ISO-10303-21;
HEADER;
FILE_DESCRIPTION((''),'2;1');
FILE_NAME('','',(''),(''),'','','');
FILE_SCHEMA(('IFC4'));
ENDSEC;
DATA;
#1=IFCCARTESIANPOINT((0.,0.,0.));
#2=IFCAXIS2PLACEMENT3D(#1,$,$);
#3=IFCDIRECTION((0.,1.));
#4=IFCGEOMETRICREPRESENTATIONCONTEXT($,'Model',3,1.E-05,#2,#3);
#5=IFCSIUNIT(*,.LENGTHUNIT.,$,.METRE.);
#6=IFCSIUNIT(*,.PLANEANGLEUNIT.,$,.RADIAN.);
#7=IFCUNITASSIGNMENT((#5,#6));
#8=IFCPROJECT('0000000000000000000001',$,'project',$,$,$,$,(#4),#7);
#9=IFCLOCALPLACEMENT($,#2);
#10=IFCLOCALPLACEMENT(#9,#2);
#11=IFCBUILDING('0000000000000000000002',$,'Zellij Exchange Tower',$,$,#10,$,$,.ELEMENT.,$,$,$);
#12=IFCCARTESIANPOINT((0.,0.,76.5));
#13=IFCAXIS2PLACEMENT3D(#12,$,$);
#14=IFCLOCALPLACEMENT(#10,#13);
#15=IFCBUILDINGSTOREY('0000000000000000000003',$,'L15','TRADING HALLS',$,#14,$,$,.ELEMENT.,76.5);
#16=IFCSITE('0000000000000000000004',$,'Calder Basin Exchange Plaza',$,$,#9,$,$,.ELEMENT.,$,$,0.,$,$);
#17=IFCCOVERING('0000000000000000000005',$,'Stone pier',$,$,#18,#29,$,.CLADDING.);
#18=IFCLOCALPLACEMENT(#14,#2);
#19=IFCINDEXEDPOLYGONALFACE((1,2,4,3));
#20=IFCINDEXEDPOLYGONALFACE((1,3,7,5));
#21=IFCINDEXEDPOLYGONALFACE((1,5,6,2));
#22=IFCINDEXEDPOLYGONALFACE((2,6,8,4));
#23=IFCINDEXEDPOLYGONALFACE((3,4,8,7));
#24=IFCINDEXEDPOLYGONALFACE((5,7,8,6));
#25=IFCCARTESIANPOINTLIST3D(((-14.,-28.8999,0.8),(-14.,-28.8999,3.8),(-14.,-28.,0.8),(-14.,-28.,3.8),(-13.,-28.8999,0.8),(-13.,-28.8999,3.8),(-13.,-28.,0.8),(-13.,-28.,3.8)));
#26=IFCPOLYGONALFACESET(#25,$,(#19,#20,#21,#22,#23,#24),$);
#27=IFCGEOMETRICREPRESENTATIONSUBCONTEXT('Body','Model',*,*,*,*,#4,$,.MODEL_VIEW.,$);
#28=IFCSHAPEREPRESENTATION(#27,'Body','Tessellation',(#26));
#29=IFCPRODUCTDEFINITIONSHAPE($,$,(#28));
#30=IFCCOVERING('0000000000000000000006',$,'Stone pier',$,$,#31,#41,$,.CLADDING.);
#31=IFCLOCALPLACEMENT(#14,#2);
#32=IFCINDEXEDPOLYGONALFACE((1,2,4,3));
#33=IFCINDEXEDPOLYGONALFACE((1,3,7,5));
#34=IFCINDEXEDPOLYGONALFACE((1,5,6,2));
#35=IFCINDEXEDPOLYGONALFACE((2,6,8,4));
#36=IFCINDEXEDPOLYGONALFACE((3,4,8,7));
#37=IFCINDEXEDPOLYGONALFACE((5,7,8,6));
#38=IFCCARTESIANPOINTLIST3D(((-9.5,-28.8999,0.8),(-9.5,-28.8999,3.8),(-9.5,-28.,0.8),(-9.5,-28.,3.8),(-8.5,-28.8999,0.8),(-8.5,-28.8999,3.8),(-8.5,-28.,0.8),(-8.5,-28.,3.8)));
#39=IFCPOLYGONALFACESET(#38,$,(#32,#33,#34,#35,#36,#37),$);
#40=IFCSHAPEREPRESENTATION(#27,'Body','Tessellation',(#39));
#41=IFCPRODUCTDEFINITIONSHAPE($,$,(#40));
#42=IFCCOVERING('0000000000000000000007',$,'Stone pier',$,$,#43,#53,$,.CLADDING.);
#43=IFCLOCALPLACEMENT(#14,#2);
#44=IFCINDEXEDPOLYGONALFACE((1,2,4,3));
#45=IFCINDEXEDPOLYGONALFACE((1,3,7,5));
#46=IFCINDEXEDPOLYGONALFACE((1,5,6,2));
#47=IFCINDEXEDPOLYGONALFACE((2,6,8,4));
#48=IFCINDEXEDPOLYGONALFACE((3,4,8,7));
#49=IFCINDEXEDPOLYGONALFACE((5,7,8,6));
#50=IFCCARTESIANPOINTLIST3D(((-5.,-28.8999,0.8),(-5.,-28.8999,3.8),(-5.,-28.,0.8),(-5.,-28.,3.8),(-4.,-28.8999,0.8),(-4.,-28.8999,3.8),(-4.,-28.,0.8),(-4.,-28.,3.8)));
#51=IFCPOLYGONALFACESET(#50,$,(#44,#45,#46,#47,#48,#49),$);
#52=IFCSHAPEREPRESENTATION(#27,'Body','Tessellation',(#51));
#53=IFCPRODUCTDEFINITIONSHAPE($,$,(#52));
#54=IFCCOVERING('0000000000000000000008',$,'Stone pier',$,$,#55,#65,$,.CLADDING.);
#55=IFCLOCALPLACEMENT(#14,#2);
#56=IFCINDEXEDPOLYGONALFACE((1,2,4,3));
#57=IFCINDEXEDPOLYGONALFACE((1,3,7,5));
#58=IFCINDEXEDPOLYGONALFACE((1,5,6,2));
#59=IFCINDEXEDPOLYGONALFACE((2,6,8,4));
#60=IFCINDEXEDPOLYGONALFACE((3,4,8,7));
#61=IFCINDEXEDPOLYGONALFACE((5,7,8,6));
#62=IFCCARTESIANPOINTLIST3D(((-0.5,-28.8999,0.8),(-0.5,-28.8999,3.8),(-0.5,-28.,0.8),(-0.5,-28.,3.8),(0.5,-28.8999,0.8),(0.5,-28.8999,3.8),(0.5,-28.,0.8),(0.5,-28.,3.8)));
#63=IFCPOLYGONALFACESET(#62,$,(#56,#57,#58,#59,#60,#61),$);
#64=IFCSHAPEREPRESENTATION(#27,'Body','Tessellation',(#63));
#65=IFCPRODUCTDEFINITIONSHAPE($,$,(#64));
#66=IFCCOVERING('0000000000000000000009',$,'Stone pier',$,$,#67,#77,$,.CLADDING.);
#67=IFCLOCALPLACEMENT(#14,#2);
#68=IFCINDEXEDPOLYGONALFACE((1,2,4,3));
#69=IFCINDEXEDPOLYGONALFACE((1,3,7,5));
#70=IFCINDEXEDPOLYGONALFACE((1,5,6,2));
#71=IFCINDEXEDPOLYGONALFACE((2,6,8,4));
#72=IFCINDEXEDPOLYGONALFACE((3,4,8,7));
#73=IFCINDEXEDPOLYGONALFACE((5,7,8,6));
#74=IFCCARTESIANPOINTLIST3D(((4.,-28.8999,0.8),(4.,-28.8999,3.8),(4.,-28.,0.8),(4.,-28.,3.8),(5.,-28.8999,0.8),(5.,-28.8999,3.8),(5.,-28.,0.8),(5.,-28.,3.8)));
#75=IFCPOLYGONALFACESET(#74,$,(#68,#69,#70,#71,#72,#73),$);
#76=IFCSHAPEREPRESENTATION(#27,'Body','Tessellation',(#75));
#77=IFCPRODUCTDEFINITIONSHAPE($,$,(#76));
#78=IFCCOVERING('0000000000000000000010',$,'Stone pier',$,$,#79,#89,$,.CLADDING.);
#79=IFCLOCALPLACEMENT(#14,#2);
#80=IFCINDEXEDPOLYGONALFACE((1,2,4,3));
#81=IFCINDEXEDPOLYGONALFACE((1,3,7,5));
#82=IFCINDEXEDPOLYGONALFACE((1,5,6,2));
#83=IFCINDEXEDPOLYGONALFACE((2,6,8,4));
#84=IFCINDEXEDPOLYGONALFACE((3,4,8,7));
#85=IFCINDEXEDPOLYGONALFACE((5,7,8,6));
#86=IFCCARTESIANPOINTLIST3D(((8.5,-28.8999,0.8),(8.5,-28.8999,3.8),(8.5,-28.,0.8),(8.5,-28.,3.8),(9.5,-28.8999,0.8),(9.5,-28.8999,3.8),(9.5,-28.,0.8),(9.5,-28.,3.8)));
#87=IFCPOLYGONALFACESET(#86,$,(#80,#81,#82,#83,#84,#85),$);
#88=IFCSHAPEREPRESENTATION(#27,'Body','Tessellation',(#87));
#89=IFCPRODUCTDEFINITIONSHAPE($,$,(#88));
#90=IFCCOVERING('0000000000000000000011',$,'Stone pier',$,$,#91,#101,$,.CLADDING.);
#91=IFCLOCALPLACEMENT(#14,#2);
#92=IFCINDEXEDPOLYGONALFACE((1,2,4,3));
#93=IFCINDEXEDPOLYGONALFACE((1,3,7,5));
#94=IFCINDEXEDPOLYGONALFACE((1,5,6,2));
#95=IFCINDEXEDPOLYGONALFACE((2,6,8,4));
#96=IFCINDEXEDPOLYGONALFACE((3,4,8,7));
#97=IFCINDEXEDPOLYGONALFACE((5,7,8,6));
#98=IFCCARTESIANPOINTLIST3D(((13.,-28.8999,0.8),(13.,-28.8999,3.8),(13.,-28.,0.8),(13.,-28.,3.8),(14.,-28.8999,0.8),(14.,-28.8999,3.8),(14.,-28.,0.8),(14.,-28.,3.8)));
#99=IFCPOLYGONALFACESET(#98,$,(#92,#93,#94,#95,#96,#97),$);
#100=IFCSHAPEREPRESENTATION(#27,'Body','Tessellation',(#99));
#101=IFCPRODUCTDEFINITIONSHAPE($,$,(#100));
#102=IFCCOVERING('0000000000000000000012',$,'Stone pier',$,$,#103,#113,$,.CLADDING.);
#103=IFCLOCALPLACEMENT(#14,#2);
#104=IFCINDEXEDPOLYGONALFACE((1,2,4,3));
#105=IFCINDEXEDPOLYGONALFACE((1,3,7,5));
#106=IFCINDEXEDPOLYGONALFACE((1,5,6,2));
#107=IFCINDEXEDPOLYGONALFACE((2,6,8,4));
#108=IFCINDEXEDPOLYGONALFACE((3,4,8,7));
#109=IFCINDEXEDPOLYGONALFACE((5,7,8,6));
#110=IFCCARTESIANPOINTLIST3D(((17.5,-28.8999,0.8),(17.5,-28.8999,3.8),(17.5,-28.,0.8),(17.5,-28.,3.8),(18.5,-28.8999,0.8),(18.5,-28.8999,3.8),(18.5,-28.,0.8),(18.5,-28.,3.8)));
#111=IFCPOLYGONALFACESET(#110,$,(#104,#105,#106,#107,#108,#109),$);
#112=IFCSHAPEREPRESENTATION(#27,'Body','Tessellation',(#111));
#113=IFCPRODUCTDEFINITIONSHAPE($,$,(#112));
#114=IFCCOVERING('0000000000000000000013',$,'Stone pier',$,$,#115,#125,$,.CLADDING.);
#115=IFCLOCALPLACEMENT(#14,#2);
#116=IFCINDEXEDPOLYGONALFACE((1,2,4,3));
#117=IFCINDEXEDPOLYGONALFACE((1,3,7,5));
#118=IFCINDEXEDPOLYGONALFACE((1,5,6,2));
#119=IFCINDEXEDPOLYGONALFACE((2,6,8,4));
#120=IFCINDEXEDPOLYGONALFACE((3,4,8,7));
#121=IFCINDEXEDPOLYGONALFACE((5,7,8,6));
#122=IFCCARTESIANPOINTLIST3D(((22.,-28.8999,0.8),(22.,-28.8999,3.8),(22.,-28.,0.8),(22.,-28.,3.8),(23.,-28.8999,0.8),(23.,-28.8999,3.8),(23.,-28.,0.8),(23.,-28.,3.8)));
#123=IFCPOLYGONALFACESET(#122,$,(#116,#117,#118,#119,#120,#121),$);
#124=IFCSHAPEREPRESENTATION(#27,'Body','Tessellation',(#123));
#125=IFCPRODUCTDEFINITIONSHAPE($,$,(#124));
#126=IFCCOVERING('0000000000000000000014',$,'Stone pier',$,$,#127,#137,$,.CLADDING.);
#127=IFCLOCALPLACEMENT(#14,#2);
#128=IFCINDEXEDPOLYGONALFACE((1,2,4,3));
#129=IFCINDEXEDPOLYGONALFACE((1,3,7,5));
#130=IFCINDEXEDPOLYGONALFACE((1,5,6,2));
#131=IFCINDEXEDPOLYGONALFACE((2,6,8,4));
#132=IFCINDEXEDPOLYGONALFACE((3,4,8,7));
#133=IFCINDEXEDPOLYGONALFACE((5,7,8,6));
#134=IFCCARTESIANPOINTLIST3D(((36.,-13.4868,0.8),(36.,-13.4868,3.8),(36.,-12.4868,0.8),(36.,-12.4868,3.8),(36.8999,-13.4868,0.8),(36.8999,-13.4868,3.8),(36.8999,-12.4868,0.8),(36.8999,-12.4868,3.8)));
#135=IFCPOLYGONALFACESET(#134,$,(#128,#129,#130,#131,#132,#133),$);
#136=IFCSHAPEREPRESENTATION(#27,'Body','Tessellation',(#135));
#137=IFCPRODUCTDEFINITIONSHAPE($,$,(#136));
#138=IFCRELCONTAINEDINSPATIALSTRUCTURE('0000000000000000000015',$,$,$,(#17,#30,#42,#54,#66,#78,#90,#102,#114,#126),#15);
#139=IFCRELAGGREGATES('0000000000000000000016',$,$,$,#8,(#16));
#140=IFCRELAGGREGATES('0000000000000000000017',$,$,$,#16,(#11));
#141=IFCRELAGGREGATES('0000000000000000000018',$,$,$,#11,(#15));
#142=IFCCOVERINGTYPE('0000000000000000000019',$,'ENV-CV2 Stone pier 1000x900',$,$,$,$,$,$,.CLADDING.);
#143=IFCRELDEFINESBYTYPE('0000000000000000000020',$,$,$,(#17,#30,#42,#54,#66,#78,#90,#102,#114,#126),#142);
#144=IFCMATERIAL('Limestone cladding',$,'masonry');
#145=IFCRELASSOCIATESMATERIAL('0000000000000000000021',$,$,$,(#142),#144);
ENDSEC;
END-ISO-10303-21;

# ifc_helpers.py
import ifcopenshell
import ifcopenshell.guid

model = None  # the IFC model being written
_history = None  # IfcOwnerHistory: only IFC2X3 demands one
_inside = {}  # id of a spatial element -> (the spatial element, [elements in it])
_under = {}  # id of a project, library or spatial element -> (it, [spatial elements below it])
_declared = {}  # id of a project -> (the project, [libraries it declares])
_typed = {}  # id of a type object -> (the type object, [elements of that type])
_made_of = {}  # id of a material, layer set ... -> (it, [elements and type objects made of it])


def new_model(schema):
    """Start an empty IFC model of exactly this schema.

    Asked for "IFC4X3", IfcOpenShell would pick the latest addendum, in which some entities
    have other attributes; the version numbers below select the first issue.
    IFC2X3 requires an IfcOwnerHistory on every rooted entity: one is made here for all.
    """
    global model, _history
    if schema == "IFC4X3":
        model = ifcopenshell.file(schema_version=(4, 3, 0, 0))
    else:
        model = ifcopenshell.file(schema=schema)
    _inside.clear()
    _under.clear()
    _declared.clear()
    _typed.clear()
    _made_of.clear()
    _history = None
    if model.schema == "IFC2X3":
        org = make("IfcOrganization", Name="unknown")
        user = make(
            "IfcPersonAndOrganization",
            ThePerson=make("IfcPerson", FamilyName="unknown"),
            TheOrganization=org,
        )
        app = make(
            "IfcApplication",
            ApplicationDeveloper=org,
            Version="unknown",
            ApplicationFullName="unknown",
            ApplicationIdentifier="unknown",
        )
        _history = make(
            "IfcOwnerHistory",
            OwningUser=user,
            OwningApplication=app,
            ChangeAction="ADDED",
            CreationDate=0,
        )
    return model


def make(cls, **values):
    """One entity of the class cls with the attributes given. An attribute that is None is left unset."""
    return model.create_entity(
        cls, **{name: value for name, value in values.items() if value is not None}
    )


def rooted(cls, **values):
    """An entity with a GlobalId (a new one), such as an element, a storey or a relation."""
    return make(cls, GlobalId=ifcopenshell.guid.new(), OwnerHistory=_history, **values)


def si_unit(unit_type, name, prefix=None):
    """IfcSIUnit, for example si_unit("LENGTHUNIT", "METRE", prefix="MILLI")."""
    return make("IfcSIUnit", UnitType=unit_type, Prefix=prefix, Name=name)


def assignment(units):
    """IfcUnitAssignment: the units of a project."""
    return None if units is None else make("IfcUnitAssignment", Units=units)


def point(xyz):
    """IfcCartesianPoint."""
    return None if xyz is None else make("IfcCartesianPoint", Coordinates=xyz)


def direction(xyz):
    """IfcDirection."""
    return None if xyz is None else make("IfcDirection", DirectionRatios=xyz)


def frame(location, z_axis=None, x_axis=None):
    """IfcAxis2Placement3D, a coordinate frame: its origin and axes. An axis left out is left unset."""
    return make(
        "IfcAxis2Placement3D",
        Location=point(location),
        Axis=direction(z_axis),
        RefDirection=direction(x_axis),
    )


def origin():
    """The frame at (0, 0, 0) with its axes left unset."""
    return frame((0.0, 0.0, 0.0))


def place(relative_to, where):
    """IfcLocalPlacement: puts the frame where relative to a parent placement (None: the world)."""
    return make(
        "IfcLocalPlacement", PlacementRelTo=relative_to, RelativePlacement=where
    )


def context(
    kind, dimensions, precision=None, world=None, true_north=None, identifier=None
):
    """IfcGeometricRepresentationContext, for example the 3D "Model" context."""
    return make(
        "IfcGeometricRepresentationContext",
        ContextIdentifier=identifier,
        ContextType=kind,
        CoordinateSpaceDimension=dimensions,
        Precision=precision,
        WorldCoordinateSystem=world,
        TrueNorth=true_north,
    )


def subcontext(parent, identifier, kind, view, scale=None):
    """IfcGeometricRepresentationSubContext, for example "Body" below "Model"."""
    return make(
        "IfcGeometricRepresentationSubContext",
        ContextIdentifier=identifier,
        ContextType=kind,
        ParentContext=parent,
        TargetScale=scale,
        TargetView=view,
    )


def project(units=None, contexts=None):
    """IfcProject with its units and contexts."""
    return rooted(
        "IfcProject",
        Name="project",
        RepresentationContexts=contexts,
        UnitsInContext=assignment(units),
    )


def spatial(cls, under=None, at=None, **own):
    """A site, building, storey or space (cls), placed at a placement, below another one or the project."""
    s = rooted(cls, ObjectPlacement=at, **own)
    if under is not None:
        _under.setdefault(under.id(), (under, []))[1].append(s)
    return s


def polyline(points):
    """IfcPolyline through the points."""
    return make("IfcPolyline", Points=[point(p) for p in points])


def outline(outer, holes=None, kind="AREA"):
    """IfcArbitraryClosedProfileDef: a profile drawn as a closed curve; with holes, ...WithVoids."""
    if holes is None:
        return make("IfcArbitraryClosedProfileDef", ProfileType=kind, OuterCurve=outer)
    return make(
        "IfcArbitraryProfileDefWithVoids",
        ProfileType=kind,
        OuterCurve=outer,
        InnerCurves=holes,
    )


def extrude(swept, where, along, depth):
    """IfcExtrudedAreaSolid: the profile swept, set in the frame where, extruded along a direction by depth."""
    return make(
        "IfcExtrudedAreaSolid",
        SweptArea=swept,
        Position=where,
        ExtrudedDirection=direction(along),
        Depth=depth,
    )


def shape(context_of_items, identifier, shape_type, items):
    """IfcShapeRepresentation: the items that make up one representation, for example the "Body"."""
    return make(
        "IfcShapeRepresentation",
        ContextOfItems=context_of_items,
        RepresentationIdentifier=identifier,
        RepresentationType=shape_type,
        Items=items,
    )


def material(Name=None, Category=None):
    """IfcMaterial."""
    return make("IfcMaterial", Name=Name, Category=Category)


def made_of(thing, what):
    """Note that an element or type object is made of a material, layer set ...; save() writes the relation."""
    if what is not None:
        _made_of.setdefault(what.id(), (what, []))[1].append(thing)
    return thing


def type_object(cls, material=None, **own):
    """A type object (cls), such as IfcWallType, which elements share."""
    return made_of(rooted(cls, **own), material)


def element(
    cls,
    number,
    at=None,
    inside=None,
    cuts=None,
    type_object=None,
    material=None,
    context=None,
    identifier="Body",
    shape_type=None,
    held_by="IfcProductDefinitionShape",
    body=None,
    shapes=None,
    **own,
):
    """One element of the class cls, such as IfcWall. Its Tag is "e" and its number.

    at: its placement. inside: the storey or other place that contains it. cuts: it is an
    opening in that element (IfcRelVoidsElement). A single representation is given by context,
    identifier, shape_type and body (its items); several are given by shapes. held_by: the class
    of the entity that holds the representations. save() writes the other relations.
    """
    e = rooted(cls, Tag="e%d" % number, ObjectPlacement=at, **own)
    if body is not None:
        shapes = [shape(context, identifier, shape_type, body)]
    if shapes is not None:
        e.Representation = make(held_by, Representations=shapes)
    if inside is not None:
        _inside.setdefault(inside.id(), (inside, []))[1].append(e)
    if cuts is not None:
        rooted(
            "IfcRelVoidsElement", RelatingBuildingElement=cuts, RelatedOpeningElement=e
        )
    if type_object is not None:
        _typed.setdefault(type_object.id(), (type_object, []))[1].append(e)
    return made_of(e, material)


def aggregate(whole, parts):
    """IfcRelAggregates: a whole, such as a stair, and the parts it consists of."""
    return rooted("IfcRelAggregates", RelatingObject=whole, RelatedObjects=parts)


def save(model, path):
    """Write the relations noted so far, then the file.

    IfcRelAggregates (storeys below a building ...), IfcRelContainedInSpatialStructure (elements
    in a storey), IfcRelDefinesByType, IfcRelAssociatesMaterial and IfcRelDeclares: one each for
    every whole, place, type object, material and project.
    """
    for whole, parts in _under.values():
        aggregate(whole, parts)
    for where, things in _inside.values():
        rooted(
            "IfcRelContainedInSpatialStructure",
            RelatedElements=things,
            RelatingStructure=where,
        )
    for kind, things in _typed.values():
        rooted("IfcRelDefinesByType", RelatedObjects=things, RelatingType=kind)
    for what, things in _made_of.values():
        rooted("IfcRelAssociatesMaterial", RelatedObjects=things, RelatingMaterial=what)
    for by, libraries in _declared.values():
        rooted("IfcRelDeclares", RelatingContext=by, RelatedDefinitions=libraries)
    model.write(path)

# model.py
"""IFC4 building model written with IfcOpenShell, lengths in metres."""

from ifc_helpers import new_model, si_unit, direction, frame, origin, place, context, subcontext, project, spatial, polyline, outline, extrude, material, type_object, element, save


model = new_model("IFC4")

# Units and contexts
model_context = context("Model", 3, precision=1e-05, world=origin(), true_north=direction((0.0, 1.0)))
body_context = subcontext(model_context, "Body", "Model", "MODEL_VIEW")
ifc_project = project(units=[si_unit("LENGTHUNIT", "METRE"), si_unit("PLANEANGLEUNIT", "RADIAN")], contexts=[model_context])

# Site, building, storey
site_placement = place(None, origin())
site = spatial("IfcSite", under=ifc_project, at=site_placement, Name="Calder Basin Exchange Plaza", CompositionType="ELEMENT", RefElevation=0.0)
building_placement = place(site_placement, origin())
building = spatial("IfcBuilding", under=site, at=building_placement, Name="Zellij Exchange Tower", CompositionType="ELEMENT")
storey_placement = place(building_placement, frame((0.0, 0.0, 76.5)))
storey = spatial("IfcBuildingStorey", under=building, at=storey_placement, Name="L15", Description="TRADING HALLS", CompositionType="ELEMENT", Elevation=76.5)

# Coverings
ifc_material_1 = material(Name="Limestone cladding", Category="masonry")
covering_type = type_object("IfcCoveringType", Name="ENV-CV2 Stone pier 1000x900", PredefinedType="CLADDING", material=ifc_material_1)
covering_1_placement = place(storey_placement, frame((0.0, 0.0, 0.8)))
element("IfcCovering", 1, at=covering_1_placement, inside=storey, type_object=covering_type, Name="Stone pier", PredefinedType="CLADDING", context=body_context, shape_type="SweptSolid", body=[
    extrude(outline(polyline([(-14.0, -28.0), (-13.0, -28.0), (-13.0, -28.8999), (-14.0, -28.8999), (-14.0, -28.0)])), origin(), (0.0, 0.0, 1.0), 3.0),
])
covering_2_placement = place(storey_placement, frame((0.0, 0.0, 0.8)))
element("IfcCovering", 2, at=covering_2_placement, inside=storey, type_object=covering_type, Name="Stone pier", PredefinedType="CLADDING", context=body_context, shape_type="SweptSolid", body=[
    extrude(outline(polyline([(-9.5, -28.0), (-8.5, -28.0), (-8.5, -28.8999), (-9.5, -28.8999), (-9.5, -28.0)])), origin(), (0.0, 0.0, 1.0), 3.0),
])
covering_3_placement = place(storey_placement, frame((0.0, 0.0, 0.8)))
element("IfcCovering", 3, at=covering_3_placement, inside=storey, type_object=covering_type, Name="Stone pier", PredefinedType="CLADDING", context=body_context, shape_type="SweptSolid", body=[
    extrude(outline(polyline([(-5.0, -28.0), (-4.0, -28.0), (-4.0, -28.8999), (-5.0, -28.8999), (-5.0, -28.0)])), origin(), (0.0, 0.0, 1.0), 3.0),
])
covering_4_placement = place(storey_placement, frame((0.0, 0.0, 0.8)))
element("IfcCovering", 4, at=covering_4_placement, inside=storey, type_object=covering_type, Name="Stone pier", PredefinedType="CLADDING", context=body_context, shape_type="SweptSolid", body=[
    extrude(outline(polyline([(-0.5, -28.0), (0.5, -28.0), (0.5, -28.8999), (-0.5, -28.8999), (-0.5, -28.0)])), origin(), (0.0, 0.0, 1.0), 3.0),
])
covering_5_placement = place(storey_placement, frame((0.0, 0.0, 0.8)))
element("IfcCovering", 5, at=covering_5_placement, inside=storey, type_object=covering_type, Name="Stone pier", PredefinedType="CLADDING", context=body_context, shape_type="SweptSolid", body=[
    extrude(outline(polyline([(4.0, -28.0), (5.0, -28.0), (5.0, -28.8999), (4.0, -28.8999), (4.0, -28.0)])), origin(), (0.0, 0.0, 1.0), 3.0),
])
covering_6_placement = place(storey_placement, frame((0.0, 0.0, 0.8)))
element("IfcCovering", 6, at=covering_6_placement, inside=storey, type_object=covering_type, Name="Stone pier", PredefinedType="CLADDING", context=body_context, shape_type="SweptSolid", body=[
    extrude(outline(polyline([(8.5, -28.0), (9.5, -28.0), (9.5, -28.8999), (8.5, -28.8999), (8.5, -28.0)])), origin(), (0.0, 0.0, 1.0), 3.0),
])
covering_7_placement = place(storey_placement, frame((0.0, 0.0, 0.8)))
element("IfcCovering", 7, at=covering_7_placement, inside=storey, type_object=covering_type, Name="Stone pier", PredefinedType="CLADDING", context=body_context, shape_type="SweptSolid", body=[
    extrude(outline(polyline([(13.0, -28.0), (14.0, -28.0), (14.0, -28.8999), (13.0, -28.8999), (13.0, -28.0)])), origin(), (0.0, 0.0, 1.0), 3.0),
])
covering_8_placement = place(storey_placement, frame((0.0, 0.0, 0.8)))
element("IfcCovering", 8, at=covering_8_placement, inside=storey, type_object=covering_type, Name="Stone pier", PredefinedType="CLADDING", context=body_context, shape_type="SweptSolid", body=[
    extrude(outline(polyline([(17.5, -28.0), (18.5, -28.0), (18.5, -28.8999), (17.5, -28.8999), (17.5, -28.0)])), origin(), (0.0, 0.0, 1.0), 3.0),
])
covering_9_placement = place(storey_placement, frame((0.0, 0.0, 0.8)))
element("IfcCovering", 9, at=covering_9_placement, inside=storey, type_object=covering_type, Name="Stone pier", PredefinedType="CLADDING", context=body_context, shape_type="SweptSolid", body=[
    extrude(outline(polyline([(22.0, -28.0), (23.0, -28.0), (23.0, -28.8999), (22.0, -28.8999), (22.0, -28.0)])), origin(), (0.0, 0.0, 1.0), 3.0),
])
covering_10_placement = place(storey_placement, frame((0.0, 0.0, 0.8)))
element("IfcCovering", 10, at=covering_10_placement, inside=storey, type_object=covering_type, Name="Stone pier", PredefinedType="CLADDING", context=body_context, shape_type="SweptSolid", body=[
    extrude(outline(polyline([(36.0, -13.4868), (36.0, -12.4868), (36.8999, -12.4868), (36.8999, -13.4868), (36.0, -13.4868)])), origin(), (0.0, 0.0, 1.0), 3.0),
])

save(model, "model.ifc")
